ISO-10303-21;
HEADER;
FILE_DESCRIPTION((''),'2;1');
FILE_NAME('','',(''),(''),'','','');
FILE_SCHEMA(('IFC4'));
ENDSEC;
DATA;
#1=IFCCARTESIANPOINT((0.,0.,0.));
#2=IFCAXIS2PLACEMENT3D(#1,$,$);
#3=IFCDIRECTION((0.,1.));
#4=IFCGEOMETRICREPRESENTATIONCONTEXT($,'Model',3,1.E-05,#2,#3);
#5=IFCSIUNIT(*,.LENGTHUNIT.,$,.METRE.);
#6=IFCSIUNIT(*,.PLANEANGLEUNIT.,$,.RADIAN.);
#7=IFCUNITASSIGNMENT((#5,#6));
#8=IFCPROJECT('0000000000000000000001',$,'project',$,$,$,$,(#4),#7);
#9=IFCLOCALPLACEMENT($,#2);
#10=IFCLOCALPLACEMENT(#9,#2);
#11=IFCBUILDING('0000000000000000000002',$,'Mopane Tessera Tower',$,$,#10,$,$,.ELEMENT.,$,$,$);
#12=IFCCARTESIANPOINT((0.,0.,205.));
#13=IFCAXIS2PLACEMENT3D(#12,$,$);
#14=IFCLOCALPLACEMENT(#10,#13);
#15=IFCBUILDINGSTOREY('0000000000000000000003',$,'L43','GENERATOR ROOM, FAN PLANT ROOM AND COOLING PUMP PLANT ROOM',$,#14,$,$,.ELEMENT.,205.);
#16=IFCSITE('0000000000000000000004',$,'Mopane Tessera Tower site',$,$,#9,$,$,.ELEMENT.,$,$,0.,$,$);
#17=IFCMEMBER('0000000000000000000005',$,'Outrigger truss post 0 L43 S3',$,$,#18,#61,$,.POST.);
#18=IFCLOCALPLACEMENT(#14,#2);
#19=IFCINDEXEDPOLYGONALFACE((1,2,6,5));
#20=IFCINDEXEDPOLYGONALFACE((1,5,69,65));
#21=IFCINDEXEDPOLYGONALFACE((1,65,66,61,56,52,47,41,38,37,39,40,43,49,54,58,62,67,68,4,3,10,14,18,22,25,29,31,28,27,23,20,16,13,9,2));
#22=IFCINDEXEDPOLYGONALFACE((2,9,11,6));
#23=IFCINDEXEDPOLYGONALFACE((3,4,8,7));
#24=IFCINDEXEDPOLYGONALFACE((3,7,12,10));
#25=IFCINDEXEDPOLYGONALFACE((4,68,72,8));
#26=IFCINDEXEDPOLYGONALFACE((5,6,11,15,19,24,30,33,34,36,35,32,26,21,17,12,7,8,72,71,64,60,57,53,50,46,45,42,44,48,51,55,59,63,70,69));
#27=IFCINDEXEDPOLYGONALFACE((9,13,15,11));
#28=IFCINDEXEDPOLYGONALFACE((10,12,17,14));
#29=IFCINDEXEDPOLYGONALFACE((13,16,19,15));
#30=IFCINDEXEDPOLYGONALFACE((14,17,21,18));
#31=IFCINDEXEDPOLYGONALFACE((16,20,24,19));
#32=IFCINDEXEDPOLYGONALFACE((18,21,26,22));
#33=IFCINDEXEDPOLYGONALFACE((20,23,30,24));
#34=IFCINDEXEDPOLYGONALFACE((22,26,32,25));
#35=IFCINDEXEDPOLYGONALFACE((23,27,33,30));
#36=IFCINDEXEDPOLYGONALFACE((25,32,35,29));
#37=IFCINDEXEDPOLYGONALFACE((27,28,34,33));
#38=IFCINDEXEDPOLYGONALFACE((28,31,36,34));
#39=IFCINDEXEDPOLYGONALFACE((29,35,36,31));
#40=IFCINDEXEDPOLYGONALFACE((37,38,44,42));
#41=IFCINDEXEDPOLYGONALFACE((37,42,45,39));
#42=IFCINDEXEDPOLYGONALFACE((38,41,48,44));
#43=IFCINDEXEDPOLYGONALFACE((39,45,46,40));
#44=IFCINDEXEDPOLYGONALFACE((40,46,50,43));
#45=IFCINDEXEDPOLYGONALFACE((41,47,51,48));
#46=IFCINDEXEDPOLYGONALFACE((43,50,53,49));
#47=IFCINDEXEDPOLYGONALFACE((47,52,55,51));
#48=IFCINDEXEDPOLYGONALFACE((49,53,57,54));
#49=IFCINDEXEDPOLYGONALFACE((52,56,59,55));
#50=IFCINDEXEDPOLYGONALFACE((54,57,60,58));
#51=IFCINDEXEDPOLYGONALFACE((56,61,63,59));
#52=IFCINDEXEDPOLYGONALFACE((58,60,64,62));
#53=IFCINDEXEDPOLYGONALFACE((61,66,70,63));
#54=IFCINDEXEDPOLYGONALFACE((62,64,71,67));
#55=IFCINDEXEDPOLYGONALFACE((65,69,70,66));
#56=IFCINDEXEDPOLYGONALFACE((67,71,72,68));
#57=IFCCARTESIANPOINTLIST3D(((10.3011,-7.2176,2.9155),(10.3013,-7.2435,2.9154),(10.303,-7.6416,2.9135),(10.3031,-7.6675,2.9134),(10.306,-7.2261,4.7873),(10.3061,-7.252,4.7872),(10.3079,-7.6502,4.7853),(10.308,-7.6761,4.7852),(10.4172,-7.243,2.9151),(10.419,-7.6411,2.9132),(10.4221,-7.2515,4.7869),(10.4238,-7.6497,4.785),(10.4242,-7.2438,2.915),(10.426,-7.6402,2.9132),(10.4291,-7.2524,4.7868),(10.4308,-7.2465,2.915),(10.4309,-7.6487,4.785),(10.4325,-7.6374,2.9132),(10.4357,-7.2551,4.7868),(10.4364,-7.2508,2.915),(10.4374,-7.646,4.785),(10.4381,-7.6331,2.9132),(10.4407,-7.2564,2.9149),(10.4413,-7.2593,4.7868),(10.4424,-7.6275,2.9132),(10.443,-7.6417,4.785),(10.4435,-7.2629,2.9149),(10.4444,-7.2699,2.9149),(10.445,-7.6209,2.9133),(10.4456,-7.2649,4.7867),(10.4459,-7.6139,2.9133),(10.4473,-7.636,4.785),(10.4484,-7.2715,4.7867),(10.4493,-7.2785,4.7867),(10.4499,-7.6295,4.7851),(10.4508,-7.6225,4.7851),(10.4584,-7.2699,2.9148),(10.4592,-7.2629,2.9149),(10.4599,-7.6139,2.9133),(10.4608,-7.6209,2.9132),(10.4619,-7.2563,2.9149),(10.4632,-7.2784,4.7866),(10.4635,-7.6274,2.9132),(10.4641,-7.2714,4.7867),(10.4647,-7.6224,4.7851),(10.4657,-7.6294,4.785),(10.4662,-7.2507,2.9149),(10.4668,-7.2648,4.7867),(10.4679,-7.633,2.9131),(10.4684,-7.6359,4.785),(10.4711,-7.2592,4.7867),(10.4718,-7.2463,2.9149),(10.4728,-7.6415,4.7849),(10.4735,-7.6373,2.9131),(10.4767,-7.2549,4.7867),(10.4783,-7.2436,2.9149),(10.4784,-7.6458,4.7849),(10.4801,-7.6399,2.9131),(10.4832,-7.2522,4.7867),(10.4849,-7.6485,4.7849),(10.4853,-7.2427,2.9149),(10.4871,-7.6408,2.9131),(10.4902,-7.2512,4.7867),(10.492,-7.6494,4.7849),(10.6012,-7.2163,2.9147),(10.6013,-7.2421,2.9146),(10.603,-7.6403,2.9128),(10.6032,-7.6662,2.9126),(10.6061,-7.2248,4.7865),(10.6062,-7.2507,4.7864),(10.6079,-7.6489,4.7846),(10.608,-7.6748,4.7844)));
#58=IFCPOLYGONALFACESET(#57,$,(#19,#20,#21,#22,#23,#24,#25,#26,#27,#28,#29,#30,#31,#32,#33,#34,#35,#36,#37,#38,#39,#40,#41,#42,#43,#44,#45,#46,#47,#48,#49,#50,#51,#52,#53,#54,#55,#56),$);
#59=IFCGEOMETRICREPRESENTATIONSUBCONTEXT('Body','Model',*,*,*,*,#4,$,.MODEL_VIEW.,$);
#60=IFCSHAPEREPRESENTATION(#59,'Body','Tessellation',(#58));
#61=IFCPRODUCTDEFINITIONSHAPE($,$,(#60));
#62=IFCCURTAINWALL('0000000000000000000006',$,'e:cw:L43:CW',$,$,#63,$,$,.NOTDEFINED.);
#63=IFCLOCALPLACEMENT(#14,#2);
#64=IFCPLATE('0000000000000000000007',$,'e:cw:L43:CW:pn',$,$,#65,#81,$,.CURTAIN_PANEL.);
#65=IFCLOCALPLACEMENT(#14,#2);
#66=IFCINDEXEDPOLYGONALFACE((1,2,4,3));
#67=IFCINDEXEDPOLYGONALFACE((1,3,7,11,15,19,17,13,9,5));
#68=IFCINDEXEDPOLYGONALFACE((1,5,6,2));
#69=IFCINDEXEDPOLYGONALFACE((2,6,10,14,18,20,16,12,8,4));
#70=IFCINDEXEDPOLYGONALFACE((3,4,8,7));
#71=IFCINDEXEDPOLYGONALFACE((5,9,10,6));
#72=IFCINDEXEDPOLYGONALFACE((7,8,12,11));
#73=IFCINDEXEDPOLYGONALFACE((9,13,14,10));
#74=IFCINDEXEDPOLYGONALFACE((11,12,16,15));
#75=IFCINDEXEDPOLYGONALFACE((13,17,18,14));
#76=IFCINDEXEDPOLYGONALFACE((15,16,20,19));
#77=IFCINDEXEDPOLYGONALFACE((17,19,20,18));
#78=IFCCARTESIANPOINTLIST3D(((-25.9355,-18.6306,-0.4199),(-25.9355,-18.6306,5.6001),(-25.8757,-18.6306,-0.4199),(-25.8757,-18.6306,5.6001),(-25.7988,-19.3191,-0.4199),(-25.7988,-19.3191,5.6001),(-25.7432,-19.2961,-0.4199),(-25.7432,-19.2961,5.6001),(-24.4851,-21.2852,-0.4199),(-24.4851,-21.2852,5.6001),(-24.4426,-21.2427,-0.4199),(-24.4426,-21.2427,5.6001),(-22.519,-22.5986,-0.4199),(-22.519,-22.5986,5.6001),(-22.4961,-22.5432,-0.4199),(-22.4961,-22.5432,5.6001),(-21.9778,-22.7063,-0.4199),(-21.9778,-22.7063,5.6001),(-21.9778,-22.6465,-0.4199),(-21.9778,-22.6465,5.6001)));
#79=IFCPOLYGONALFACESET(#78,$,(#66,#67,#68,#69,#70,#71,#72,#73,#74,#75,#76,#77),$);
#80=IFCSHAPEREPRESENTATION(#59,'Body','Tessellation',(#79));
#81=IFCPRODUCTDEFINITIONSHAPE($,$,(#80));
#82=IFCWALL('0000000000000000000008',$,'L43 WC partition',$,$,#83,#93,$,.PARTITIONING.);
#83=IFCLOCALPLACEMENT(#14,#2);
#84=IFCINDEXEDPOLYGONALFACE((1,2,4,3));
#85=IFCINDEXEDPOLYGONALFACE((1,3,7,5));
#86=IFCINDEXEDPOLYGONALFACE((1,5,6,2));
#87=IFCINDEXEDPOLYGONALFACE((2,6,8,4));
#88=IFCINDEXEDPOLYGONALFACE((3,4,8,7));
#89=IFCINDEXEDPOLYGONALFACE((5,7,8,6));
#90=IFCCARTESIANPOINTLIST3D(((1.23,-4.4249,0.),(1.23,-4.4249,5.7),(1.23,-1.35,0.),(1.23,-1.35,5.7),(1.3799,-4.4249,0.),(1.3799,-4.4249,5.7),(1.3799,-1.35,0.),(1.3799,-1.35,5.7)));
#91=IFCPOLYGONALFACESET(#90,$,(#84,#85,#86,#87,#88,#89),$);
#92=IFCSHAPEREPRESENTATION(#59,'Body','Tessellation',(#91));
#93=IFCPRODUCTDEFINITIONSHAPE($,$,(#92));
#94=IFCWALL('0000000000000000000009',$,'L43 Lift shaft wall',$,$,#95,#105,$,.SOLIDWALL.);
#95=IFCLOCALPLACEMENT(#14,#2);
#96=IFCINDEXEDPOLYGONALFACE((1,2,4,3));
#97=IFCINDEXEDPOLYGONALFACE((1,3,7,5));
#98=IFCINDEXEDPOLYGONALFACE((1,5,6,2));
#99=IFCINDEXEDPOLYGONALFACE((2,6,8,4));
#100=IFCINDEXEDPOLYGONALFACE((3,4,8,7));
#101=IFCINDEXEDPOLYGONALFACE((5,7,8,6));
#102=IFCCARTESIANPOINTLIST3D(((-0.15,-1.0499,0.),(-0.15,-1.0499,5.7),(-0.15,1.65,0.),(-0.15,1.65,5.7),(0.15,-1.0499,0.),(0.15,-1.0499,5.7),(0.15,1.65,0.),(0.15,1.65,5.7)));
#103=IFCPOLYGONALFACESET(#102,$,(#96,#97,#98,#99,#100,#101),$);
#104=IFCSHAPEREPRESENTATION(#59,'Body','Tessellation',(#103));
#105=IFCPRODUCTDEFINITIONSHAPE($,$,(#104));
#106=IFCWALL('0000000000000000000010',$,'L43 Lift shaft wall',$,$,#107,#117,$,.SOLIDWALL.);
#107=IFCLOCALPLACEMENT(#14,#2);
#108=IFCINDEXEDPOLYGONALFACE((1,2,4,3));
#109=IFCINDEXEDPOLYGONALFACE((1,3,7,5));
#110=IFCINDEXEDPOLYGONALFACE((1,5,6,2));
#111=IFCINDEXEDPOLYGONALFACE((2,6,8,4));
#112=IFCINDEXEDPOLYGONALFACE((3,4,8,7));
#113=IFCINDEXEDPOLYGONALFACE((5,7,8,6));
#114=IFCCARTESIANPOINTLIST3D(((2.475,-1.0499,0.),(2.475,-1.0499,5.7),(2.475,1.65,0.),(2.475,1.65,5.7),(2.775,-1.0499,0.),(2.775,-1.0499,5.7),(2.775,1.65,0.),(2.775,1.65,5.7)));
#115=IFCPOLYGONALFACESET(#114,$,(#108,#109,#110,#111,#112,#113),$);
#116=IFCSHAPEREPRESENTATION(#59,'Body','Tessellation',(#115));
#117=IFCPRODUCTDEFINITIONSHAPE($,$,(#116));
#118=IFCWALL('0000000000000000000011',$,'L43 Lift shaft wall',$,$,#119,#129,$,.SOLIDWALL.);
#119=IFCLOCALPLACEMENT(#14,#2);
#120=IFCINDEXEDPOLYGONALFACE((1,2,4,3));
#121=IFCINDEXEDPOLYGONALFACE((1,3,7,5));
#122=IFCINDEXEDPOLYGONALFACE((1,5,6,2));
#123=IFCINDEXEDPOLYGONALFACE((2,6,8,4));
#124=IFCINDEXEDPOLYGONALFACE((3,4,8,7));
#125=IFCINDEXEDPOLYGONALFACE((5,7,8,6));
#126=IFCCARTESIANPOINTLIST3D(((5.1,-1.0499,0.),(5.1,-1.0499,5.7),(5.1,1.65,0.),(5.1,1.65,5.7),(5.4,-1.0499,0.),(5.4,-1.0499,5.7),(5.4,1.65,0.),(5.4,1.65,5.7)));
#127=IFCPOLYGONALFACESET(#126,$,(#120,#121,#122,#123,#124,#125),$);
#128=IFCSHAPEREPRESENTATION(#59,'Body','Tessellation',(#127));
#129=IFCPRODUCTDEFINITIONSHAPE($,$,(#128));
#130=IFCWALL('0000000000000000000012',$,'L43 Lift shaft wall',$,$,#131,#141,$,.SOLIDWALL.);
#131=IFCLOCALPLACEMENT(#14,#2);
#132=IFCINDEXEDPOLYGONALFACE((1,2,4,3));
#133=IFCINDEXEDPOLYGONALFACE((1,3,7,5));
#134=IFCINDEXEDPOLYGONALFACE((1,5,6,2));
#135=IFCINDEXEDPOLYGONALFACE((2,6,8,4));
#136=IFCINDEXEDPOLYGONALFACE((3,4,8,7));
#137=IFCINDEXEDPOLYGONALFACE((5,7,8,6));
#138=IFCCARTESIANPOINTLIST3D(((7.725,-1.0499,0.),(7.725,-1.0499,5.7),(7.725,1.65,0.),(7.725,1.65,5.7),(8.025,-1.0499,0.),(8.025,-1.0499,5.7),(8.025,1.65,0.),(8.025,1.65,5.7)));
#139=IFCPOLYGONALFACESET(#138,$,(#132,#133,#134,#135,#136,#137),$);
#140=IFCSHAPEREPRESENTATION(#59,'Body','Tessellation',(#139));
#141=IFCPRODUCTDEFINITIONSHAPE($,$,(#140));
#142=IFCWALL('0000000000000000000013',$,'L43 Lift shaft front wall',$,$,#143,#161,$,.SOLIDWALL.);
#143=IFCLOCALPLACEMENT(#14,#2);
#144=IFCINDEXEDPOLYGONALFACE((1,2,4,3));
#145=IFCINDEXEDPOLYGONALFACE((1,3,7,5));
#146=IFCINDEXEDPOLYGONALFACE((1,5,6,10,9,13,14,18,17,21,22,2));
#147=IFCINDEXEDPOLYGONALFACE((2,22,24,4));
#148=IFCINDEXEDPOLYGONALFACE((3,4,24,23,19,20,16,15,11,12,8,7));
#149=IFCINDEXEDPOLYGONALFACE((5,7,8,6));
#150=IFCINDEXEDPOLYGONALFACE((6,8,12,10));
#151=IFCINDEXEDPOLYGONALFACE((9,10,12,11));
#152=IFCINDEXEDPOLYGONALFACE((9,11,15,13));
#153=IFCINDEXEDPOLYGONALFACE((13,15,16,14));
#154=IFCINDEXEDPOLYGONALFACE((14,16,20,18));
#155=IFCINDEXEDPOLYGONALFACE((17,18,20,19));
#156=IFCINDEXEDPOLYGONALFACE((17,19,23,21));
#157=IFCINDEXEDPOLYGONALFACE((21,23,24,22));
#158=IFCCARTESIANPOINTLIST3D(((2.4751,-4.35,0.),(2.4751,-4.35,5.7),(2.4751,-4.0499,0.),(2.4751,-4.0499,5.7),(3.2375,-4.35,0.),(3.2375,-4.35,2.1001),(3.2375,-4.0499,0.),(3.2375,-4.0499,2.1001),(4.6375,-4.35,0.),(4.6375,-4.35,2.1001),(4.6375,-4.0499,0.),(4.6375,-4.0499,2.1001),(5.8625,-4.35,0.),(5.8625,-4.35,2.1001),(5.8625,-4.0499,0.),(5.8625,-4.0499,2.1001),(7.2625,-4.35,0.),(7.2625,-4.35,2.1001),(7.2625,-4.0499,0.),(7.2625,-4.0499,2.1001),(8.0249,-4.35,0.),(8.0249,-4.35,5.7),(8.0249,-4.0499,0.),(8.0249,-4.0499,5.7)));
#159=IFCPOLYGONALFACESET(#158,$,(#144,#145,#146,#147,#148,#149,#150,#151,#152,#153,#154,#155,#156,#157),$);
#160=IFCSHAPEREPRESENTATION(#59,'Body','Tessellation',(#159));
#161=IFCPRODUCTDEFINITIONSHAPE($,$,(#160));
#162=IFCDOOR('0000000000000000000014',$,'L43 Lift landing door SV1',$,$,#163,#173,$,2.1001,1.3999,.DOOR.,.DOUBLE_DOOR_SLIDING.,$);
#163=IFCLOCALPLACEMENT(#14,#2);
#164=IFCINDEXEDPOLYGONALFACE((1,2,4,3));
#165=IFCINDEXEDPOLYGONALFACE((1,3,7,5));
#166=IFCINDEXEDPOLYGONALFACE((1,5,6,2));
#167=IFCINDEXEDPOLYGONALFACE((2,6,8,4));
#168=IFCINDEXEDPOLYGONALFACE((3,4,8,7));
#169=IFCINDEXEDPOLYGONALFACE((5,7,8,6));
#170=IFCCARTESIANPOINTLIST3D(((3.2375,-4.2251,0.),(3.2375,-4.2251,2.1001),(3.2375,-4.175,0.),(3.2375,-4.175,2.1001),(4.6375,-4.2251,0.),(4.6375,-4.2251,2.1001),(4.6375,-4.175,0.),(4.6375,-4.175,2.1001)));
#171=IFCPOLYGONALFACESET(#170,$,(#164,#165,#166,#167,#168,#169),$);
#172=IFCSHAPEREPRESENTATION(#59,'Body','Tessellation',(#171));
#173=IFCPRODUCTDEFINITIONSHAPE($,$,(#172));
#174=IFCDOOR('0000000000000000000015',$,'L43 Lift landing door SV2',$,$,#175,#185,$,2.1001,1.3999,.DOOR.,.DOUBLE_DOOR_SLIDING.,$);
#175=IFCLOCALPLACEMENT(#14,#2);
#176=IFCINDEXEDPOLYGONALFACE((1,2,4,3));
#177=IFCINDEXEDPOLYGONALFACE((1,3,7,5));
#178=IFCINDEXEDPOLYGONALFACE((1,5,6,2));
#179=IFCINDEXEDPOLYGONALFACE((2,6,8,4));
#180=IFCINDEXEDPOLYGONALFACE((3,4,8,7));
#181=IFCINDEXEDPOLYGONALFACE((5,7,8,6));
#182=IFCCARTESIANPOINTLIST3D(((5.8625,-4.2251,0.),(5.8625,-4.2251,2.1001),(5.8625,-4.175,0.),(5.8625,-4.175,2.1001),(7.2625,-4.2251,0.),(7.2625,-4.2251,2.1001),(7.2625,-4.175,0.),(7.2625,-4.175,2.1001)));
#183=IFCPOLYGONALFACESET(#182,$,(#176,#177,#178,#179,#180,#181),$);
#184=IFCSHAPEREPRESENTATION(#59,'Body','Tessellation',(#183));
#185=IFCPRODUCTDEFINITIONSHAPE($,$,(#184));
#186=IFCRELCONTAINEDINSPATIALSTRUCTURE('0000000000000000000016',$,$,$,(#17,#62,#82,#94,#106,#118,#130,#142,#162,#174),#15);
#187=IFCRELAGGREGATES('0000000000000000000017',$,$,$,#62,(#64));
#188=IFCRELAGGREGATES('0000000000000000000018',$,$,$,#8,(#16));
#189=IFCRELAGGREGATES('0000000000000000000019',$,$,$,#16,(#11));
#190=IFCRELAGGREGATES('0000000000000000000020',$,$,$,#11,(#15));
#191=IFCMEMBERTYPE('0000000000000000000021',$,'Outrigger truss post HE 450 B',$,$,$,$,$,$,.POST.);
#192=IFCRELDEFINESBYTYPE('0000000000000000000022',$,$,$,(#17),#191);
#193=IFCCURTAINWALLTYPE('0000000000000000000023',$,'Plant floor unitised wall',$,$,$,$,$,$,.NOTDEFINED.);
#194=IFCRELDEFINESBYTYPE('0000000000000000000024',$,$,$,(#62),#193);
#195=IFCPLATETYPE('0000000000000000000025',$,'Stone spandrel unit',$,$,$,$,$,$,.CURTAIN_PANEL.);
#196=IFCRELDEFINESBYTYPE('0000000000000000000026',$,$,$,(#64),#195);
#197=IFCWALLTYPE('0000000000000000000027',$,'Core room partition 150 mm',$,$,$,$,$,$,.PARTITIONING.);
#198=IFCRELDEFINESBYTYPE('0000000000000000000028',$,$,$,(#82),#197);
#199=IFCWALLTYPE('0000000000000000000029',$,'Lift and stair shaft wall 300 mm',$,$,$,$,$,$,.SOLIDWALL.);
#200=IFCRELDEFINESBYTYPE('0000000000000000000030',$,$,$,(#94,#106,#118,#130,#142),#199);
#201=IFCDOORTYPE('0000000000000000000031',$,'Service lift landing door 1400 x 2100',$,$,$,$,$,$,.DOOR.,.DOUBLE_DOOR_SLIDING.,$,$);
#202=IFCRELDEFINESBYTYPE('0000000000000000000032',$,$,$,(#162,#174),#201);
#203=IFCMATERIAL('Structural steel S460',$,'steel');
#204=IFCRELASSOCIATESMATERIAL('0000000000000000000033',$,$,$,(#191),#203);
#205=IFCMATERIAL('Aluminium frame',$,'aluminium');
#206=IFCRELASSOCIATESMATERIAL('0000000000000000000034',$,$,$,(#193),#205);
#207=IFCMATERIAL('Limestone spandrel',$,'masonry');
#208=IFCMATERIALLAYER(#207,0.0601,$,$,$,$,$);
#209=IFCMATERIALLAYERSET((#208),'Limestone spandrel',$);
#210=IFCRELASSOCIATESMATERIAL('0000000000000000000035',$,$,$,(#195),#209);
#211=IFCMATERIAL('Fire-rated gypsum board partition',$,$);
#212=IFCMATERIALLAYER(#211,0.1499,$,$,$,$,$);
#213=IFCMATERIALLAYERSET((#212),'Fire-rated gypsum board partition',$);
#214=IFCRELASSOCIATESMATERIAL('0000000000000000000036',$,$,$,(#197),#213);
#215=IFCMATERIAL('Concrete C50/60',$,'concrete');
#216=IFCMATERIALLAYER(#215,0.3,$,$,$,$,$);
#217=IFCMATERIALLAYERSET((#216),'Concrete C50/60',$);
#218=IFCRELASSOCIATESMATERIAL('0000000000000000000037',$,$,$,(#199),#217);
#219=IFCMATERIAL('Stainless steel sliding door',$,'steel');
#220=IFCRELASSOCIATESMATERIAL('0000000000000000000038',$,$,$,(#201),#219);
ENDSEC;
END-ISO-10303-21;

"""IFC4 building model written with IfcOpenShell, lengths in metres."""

from ifc_helpers import new_model, si_unit, direction, frame, frame_2d, origin, origin_2d, place, context, subcontext, project, spatial, polyline, rectangle, i_section, outline, extrude, material, layer, layer_set, material_profile, profile_set, type_object, element, fill, aggregate, save


model = new_model("IFC4")

# Units and contexts
model_context = context("Model", 3, precision=1e-05, world=origin(), true_north=direction((0.0, 1.0)))
body_context = subcontext(model_context, "Body", "Model", "MODEL_VIEW")
ifc_project = project(units=[si_unit("LENGTHUNIT", "METRE"), si_unit("PLANEANGLEUNIT", "RADIAN")], contexts=[model_context])

# Site, building, storey
site_placement = place(None, origin())
site = spatial("IfcSite", under=ifc_project, at=site_placement, Name="Mopane Tessera Tower site", CompositionType="ELEMENT", RefElevation=0.0)
building_placement = place(site_placement, origin())
building = spatial("IfcBuilding", under=site, at=building_placement, Name="Mopane Tessera Tower", CompositionType="ELEMENT")
storey_placement = place(building_placement, frame((0.0, 0.0, 205.0)))
storey = spatial("IfcBuildingStorey", under=building, at=storey_placement, Name="L43", Description="GENERATOR ROOM, FAN PLANT ROOM AND COOLING PUMP PLANT ROOM", CompositionType="ELEMENT", Elevation=205.0)

# Member
ifc_material_1 = material(Name="Structural steel S460", Category="steel")
ifc_material_profile_1 = material_profile(ifc_material_1, i_section(OverallWidth=0.3, OverallDepth=0.45, WebThickness=0.0139, FlangeThickness=0.0259, FilletRadius=0.0271, at=origin_2d()))
ifc_profile_set_1 = profile_set([ifc_material_profile_1], Name="Structural steel S460")
member_type_1 = type_object("IfcMemberType", Name="Outrigger truss post HE 450 B", PredefinedType="POST", material=ifc_profile_set_1)
member_1_placement = place(storey_placement, frame((10.4521, -7.4419, 2.9141), z_axis=(0.002609, -0.004565, 0.999986), x_axis=(0.999987, 0.004379, -0.002589)))
element("IfcMember", 1, at=member_1_placement, inside=storey, type_object=member_type_1, Name="Outrigger truss post 0 L43 S3", PredefinedType="POST", context=body_context, shape_type="SweptSolid", body=[
    extrude(i_section(OverallWidth=0.3, OverallDepth=0.45, WebThickness=0.0139, FlangeThickness=0.0259, FilletRadius=0.0271, at=origin_2d()), origin(), (0.0, 0.0, 1.0), 1.8718),
])

# Curtain wall, plate
ifc_material_2 = material(Name="Aluminium frame", Category="aluminium")
curtain_wall_type = type_object("IfcCurtainWallType", Name="Plant floor unitised wall", PredefinedType="NOTDEFINED", material=ifc_material_2)
curtain_wall_placement = place(storey_placement, origin())
curtain_wall = element("IfcCurtainWall", 2, at=curtain_wall_placement, inside=storey, type_object=curtain_wall_type, Name="e:cw:L43:CW", PredefinedType="NOTDEFINED")
ifc_material_3 = material(Name="Limestone spandrel", Category="masonry")
ifc_layer_1 = layer(ifc_material_3, 0.0601)
ifc_layer_set_1 = layer_set([ifc_layer_1], Name="Limestone spandrel")
plate_type = type_object("IfcPlateType", Name="Stone spandrel unit", PredefinedType="CURTAIN_PANEL", material=ifc_layer_set_1)
plate_placement = place(storey_placement, frame((0.0, 0.0, -0.4199)))
plate = element("IfcPlate", 3, at=plate_placement, type_object=plate_type, Name="e:cw:L43:CW:pn", PredefinedType="CURTAIN_PANEL", context=body_context, shape_type="SweptSolid", body=[
    extrude(outline(polyline([(-24.4426, -21.2427), (-22.4961, -22.5432), (-21.9778, -22.6465), (-21.9778, -22.7063), (-22.519, -22.5986), (-24.4851, -21.2852), (-25.7988, -19.3191), (-25.9355, -18.6306), (-25.8757, -18.6306), (-25.7432, -19.2961), (-24.4426, -21.2427)])), origin(), (0.0, 0.0, 1.0), 6.02),
])
aggregate(curtain_wall, [plate])

# Walls
ifc_material_4 = material(Name="Fire-rated gypsum board partition")
ifc_layer_2 = layer(ifc_material_4, 0.1499)
ifc_layer_set_2 = layer_set([ifc_layer_2], Name="Fire-rated gypsum board partition")
wall_type_1 = type_object("IfcWallType", Name="Core room partition 150 mm", PredefinedType="PARTITIONING", material=ifc_layer_set_2)
wall_1_placement = place(storey_placement, frame((1.3049, -4.425, 0.0), z_axis=(0.0, 0.0, 1.0), x_axis=(0.0, 1.0, 0.0)))
element("IfcWall", 4, at=wall_1_placement, inside=storey, type_object=wall_type_1, Name="L43 WC partition", PredefinedType="PARTITIONING", context=body_context, shape_type="SweptSolid", body=[
    extrude(rectangle(XDim=3.075, YDim=0.1499, at=frame_2d((1.5376, 0.0))), origin(), (0.0, 0.0, 1.0), 5.7),
])
ifc_material_5 = material(Name="Concrete C50/60", Category="concrete")
ifc_layer_3 = layer(ifc_material_5, 0.3)
ifc_layer_set_3 = layer_set([ifc_layer_3], Name="Concrete C50/60")
wall_type_2 = type_object("IfcWallType", Name="Lift and stair shaft wall 300 mm", PredefinedType="SOLIDWALL", material=ifc_layer_set_3)
for number, where, z_axis, x_axis, name in (
    (5, (0.0, -1.05, 0.0), (0.0, 0.0, 1.0), (0.0, 1.0, 0.0), "L43 Lift shaft wall"),
    (6, (2.625, -1.05, 0.0), (0.0, 0.0, 1.0), (0.0, 1.0, 0.0), "L43 Lift shaft wall"),
    (7, (5.25, -1.05, 0.0), (0.0, 0.0, 1.0), (0.0, 1.0, 0.0), "L43 Lift shaft wall"),
    (8, (7.875, -1.05, 0.0), (0.0, 0.0, 1.0), (0.0, 1.0, 0.0), "L43 Lift shaft wall"),
):
    element("IfcWall", number, at=place(storey_placement, frame(where, z_axis=z_axis, x_axis=x_axis)), inside=storey, type_object=wall_type_2, Name=name, PredefinedType="SOLIDWALL", context=body_context, shape_type="SweptSolid", body=[
        extrude(rectangle(XDim=2.7, YDim=0.3, at=frame_2d((1.3501, 0.0))), origin(), (0.0, 0.0, 1.0), 5.7),
    ])

# Wall, openings, doors
wall_2_placement = place(storey_placement, frame((2.4751, -4.2, 0.0), z_axis=(0.0, 0.0, 1.0), x_axis=(1.0, 0.0, 0.0)))
wall_2 = element("IfcWall", 9, at=wall_2_placement, inside=storey, type_object=wall_type_2, Name="L43 Lift shaft front wall", PredefinedType="SOLIDWALL", context=body_context, shape_type="SweptSolid", body=[
    extrude(rectangle(XDim=5.5498, YDim=0.3, at=frame_2d((2.7749, 0.0))), origin(), (0.0, 0.0, 1.0), 5.7),
])
opening_1_placement = place(wall_2_placement, frame((0.7625, 0.0, 0.0)))
opening_1 = element("IfcOpeningElement", 10, at=opening_1_placement, cuts=wall_2, PredefinedType="OPENING", context=body_context, shape_type="SweptSolid", body=[
    extrude(rectangle(XDim=1.3999, YDim=2.1001, at=frame_2d((0.7, 1.05))), frame((0.0, 0.1621, 0.0), z_axis=(0.0, -1.0, 0.0), x_axis=(1.0, 0.0, 0.0)), (0.0, 0.0, 1.0), 0.324),
])
opening_2_placement = place(wall_2_placement, frame((3.3875, 0.0, 0.0)))
opening_2 = element("IfcOpeningElement", 11, at=opening_2_placement, cuts=wall_2, PredefinedType="OPENING", context=body_context, shape_type="SweptSolid", body=[
    extrude(rectangle(XDim=1.3999, YDim=2.1001, at=frame_2d((0.7, 1.05))), frame((0.0, 0.1621, 0.0), z_axis=(0.0, -1.0, 0.0), x_axis=(1.0, 0.0, 0.0)), (0.0, 0.0, 1.0), 0.324),
])
ifc_material_6 = material(Name="Stainless steel sliding door", Category="steel")
door_type = type_object("IfcDoorType", Name="Service lift landing door 1400 x 2100", OperationType="DOUBLE_DOOR_SLIDING", PredefinedType="DOOR", material=ifc_material_6)
door_1_placement = place(opening_1_placement, origin())
door_1 = element("IfcDoor", 12, at=door_1_placement, inside=storey, type_object=door_type, Name="L43 Lift landing door SV1", OperationType="DOUBLE_DOOR_SLIDING", OverallHeight=2.1001, OverallWidth=1.3999, PredefinedType="DOOR", context=body_context, shape_type="SweptSolid", body=[
    extrude(rectangle(XDim=1.3999, YDim=2.1001, at=frame_2d((0.7, 1.05))), frame((0.0, 0.0249, 0.0), z_axis=(0.0, -1.0, 0.0), x_axis=(1.0, 0.0, 0.0)), (0.0, 0.0, 1.0), 0.05),
])
fill(opening_1, door_1)
door_2_placement = place(opening_2_placement, origin())
door_2 = element("IfcDoor", 13, at=door_2_placement, inside=storey, type_object=door_type, Name="L43 Lift landing door SV2", OperationType="DOUBLE_DOOR_SLIDING", OverallHeight=2.1001, OverallWidth=1.3999, PredefinedType="DOOR", context=body_context, shape_type="SweptSolid", body=[
    extrude(rectangle(XDim=1.3999, YDim=2.1001, at=frame_2d((0.7, 1.05))), frame((0.0, 0.0249, 0.0), z_axis=(0.0, -1.0, 0.0), x_axis=(1.0, 0.0, 0.0)), (0.0, 0.0, 1.0), 0.05),
])
fill(opening_2, door_2)

save(model, "model.ifc")
